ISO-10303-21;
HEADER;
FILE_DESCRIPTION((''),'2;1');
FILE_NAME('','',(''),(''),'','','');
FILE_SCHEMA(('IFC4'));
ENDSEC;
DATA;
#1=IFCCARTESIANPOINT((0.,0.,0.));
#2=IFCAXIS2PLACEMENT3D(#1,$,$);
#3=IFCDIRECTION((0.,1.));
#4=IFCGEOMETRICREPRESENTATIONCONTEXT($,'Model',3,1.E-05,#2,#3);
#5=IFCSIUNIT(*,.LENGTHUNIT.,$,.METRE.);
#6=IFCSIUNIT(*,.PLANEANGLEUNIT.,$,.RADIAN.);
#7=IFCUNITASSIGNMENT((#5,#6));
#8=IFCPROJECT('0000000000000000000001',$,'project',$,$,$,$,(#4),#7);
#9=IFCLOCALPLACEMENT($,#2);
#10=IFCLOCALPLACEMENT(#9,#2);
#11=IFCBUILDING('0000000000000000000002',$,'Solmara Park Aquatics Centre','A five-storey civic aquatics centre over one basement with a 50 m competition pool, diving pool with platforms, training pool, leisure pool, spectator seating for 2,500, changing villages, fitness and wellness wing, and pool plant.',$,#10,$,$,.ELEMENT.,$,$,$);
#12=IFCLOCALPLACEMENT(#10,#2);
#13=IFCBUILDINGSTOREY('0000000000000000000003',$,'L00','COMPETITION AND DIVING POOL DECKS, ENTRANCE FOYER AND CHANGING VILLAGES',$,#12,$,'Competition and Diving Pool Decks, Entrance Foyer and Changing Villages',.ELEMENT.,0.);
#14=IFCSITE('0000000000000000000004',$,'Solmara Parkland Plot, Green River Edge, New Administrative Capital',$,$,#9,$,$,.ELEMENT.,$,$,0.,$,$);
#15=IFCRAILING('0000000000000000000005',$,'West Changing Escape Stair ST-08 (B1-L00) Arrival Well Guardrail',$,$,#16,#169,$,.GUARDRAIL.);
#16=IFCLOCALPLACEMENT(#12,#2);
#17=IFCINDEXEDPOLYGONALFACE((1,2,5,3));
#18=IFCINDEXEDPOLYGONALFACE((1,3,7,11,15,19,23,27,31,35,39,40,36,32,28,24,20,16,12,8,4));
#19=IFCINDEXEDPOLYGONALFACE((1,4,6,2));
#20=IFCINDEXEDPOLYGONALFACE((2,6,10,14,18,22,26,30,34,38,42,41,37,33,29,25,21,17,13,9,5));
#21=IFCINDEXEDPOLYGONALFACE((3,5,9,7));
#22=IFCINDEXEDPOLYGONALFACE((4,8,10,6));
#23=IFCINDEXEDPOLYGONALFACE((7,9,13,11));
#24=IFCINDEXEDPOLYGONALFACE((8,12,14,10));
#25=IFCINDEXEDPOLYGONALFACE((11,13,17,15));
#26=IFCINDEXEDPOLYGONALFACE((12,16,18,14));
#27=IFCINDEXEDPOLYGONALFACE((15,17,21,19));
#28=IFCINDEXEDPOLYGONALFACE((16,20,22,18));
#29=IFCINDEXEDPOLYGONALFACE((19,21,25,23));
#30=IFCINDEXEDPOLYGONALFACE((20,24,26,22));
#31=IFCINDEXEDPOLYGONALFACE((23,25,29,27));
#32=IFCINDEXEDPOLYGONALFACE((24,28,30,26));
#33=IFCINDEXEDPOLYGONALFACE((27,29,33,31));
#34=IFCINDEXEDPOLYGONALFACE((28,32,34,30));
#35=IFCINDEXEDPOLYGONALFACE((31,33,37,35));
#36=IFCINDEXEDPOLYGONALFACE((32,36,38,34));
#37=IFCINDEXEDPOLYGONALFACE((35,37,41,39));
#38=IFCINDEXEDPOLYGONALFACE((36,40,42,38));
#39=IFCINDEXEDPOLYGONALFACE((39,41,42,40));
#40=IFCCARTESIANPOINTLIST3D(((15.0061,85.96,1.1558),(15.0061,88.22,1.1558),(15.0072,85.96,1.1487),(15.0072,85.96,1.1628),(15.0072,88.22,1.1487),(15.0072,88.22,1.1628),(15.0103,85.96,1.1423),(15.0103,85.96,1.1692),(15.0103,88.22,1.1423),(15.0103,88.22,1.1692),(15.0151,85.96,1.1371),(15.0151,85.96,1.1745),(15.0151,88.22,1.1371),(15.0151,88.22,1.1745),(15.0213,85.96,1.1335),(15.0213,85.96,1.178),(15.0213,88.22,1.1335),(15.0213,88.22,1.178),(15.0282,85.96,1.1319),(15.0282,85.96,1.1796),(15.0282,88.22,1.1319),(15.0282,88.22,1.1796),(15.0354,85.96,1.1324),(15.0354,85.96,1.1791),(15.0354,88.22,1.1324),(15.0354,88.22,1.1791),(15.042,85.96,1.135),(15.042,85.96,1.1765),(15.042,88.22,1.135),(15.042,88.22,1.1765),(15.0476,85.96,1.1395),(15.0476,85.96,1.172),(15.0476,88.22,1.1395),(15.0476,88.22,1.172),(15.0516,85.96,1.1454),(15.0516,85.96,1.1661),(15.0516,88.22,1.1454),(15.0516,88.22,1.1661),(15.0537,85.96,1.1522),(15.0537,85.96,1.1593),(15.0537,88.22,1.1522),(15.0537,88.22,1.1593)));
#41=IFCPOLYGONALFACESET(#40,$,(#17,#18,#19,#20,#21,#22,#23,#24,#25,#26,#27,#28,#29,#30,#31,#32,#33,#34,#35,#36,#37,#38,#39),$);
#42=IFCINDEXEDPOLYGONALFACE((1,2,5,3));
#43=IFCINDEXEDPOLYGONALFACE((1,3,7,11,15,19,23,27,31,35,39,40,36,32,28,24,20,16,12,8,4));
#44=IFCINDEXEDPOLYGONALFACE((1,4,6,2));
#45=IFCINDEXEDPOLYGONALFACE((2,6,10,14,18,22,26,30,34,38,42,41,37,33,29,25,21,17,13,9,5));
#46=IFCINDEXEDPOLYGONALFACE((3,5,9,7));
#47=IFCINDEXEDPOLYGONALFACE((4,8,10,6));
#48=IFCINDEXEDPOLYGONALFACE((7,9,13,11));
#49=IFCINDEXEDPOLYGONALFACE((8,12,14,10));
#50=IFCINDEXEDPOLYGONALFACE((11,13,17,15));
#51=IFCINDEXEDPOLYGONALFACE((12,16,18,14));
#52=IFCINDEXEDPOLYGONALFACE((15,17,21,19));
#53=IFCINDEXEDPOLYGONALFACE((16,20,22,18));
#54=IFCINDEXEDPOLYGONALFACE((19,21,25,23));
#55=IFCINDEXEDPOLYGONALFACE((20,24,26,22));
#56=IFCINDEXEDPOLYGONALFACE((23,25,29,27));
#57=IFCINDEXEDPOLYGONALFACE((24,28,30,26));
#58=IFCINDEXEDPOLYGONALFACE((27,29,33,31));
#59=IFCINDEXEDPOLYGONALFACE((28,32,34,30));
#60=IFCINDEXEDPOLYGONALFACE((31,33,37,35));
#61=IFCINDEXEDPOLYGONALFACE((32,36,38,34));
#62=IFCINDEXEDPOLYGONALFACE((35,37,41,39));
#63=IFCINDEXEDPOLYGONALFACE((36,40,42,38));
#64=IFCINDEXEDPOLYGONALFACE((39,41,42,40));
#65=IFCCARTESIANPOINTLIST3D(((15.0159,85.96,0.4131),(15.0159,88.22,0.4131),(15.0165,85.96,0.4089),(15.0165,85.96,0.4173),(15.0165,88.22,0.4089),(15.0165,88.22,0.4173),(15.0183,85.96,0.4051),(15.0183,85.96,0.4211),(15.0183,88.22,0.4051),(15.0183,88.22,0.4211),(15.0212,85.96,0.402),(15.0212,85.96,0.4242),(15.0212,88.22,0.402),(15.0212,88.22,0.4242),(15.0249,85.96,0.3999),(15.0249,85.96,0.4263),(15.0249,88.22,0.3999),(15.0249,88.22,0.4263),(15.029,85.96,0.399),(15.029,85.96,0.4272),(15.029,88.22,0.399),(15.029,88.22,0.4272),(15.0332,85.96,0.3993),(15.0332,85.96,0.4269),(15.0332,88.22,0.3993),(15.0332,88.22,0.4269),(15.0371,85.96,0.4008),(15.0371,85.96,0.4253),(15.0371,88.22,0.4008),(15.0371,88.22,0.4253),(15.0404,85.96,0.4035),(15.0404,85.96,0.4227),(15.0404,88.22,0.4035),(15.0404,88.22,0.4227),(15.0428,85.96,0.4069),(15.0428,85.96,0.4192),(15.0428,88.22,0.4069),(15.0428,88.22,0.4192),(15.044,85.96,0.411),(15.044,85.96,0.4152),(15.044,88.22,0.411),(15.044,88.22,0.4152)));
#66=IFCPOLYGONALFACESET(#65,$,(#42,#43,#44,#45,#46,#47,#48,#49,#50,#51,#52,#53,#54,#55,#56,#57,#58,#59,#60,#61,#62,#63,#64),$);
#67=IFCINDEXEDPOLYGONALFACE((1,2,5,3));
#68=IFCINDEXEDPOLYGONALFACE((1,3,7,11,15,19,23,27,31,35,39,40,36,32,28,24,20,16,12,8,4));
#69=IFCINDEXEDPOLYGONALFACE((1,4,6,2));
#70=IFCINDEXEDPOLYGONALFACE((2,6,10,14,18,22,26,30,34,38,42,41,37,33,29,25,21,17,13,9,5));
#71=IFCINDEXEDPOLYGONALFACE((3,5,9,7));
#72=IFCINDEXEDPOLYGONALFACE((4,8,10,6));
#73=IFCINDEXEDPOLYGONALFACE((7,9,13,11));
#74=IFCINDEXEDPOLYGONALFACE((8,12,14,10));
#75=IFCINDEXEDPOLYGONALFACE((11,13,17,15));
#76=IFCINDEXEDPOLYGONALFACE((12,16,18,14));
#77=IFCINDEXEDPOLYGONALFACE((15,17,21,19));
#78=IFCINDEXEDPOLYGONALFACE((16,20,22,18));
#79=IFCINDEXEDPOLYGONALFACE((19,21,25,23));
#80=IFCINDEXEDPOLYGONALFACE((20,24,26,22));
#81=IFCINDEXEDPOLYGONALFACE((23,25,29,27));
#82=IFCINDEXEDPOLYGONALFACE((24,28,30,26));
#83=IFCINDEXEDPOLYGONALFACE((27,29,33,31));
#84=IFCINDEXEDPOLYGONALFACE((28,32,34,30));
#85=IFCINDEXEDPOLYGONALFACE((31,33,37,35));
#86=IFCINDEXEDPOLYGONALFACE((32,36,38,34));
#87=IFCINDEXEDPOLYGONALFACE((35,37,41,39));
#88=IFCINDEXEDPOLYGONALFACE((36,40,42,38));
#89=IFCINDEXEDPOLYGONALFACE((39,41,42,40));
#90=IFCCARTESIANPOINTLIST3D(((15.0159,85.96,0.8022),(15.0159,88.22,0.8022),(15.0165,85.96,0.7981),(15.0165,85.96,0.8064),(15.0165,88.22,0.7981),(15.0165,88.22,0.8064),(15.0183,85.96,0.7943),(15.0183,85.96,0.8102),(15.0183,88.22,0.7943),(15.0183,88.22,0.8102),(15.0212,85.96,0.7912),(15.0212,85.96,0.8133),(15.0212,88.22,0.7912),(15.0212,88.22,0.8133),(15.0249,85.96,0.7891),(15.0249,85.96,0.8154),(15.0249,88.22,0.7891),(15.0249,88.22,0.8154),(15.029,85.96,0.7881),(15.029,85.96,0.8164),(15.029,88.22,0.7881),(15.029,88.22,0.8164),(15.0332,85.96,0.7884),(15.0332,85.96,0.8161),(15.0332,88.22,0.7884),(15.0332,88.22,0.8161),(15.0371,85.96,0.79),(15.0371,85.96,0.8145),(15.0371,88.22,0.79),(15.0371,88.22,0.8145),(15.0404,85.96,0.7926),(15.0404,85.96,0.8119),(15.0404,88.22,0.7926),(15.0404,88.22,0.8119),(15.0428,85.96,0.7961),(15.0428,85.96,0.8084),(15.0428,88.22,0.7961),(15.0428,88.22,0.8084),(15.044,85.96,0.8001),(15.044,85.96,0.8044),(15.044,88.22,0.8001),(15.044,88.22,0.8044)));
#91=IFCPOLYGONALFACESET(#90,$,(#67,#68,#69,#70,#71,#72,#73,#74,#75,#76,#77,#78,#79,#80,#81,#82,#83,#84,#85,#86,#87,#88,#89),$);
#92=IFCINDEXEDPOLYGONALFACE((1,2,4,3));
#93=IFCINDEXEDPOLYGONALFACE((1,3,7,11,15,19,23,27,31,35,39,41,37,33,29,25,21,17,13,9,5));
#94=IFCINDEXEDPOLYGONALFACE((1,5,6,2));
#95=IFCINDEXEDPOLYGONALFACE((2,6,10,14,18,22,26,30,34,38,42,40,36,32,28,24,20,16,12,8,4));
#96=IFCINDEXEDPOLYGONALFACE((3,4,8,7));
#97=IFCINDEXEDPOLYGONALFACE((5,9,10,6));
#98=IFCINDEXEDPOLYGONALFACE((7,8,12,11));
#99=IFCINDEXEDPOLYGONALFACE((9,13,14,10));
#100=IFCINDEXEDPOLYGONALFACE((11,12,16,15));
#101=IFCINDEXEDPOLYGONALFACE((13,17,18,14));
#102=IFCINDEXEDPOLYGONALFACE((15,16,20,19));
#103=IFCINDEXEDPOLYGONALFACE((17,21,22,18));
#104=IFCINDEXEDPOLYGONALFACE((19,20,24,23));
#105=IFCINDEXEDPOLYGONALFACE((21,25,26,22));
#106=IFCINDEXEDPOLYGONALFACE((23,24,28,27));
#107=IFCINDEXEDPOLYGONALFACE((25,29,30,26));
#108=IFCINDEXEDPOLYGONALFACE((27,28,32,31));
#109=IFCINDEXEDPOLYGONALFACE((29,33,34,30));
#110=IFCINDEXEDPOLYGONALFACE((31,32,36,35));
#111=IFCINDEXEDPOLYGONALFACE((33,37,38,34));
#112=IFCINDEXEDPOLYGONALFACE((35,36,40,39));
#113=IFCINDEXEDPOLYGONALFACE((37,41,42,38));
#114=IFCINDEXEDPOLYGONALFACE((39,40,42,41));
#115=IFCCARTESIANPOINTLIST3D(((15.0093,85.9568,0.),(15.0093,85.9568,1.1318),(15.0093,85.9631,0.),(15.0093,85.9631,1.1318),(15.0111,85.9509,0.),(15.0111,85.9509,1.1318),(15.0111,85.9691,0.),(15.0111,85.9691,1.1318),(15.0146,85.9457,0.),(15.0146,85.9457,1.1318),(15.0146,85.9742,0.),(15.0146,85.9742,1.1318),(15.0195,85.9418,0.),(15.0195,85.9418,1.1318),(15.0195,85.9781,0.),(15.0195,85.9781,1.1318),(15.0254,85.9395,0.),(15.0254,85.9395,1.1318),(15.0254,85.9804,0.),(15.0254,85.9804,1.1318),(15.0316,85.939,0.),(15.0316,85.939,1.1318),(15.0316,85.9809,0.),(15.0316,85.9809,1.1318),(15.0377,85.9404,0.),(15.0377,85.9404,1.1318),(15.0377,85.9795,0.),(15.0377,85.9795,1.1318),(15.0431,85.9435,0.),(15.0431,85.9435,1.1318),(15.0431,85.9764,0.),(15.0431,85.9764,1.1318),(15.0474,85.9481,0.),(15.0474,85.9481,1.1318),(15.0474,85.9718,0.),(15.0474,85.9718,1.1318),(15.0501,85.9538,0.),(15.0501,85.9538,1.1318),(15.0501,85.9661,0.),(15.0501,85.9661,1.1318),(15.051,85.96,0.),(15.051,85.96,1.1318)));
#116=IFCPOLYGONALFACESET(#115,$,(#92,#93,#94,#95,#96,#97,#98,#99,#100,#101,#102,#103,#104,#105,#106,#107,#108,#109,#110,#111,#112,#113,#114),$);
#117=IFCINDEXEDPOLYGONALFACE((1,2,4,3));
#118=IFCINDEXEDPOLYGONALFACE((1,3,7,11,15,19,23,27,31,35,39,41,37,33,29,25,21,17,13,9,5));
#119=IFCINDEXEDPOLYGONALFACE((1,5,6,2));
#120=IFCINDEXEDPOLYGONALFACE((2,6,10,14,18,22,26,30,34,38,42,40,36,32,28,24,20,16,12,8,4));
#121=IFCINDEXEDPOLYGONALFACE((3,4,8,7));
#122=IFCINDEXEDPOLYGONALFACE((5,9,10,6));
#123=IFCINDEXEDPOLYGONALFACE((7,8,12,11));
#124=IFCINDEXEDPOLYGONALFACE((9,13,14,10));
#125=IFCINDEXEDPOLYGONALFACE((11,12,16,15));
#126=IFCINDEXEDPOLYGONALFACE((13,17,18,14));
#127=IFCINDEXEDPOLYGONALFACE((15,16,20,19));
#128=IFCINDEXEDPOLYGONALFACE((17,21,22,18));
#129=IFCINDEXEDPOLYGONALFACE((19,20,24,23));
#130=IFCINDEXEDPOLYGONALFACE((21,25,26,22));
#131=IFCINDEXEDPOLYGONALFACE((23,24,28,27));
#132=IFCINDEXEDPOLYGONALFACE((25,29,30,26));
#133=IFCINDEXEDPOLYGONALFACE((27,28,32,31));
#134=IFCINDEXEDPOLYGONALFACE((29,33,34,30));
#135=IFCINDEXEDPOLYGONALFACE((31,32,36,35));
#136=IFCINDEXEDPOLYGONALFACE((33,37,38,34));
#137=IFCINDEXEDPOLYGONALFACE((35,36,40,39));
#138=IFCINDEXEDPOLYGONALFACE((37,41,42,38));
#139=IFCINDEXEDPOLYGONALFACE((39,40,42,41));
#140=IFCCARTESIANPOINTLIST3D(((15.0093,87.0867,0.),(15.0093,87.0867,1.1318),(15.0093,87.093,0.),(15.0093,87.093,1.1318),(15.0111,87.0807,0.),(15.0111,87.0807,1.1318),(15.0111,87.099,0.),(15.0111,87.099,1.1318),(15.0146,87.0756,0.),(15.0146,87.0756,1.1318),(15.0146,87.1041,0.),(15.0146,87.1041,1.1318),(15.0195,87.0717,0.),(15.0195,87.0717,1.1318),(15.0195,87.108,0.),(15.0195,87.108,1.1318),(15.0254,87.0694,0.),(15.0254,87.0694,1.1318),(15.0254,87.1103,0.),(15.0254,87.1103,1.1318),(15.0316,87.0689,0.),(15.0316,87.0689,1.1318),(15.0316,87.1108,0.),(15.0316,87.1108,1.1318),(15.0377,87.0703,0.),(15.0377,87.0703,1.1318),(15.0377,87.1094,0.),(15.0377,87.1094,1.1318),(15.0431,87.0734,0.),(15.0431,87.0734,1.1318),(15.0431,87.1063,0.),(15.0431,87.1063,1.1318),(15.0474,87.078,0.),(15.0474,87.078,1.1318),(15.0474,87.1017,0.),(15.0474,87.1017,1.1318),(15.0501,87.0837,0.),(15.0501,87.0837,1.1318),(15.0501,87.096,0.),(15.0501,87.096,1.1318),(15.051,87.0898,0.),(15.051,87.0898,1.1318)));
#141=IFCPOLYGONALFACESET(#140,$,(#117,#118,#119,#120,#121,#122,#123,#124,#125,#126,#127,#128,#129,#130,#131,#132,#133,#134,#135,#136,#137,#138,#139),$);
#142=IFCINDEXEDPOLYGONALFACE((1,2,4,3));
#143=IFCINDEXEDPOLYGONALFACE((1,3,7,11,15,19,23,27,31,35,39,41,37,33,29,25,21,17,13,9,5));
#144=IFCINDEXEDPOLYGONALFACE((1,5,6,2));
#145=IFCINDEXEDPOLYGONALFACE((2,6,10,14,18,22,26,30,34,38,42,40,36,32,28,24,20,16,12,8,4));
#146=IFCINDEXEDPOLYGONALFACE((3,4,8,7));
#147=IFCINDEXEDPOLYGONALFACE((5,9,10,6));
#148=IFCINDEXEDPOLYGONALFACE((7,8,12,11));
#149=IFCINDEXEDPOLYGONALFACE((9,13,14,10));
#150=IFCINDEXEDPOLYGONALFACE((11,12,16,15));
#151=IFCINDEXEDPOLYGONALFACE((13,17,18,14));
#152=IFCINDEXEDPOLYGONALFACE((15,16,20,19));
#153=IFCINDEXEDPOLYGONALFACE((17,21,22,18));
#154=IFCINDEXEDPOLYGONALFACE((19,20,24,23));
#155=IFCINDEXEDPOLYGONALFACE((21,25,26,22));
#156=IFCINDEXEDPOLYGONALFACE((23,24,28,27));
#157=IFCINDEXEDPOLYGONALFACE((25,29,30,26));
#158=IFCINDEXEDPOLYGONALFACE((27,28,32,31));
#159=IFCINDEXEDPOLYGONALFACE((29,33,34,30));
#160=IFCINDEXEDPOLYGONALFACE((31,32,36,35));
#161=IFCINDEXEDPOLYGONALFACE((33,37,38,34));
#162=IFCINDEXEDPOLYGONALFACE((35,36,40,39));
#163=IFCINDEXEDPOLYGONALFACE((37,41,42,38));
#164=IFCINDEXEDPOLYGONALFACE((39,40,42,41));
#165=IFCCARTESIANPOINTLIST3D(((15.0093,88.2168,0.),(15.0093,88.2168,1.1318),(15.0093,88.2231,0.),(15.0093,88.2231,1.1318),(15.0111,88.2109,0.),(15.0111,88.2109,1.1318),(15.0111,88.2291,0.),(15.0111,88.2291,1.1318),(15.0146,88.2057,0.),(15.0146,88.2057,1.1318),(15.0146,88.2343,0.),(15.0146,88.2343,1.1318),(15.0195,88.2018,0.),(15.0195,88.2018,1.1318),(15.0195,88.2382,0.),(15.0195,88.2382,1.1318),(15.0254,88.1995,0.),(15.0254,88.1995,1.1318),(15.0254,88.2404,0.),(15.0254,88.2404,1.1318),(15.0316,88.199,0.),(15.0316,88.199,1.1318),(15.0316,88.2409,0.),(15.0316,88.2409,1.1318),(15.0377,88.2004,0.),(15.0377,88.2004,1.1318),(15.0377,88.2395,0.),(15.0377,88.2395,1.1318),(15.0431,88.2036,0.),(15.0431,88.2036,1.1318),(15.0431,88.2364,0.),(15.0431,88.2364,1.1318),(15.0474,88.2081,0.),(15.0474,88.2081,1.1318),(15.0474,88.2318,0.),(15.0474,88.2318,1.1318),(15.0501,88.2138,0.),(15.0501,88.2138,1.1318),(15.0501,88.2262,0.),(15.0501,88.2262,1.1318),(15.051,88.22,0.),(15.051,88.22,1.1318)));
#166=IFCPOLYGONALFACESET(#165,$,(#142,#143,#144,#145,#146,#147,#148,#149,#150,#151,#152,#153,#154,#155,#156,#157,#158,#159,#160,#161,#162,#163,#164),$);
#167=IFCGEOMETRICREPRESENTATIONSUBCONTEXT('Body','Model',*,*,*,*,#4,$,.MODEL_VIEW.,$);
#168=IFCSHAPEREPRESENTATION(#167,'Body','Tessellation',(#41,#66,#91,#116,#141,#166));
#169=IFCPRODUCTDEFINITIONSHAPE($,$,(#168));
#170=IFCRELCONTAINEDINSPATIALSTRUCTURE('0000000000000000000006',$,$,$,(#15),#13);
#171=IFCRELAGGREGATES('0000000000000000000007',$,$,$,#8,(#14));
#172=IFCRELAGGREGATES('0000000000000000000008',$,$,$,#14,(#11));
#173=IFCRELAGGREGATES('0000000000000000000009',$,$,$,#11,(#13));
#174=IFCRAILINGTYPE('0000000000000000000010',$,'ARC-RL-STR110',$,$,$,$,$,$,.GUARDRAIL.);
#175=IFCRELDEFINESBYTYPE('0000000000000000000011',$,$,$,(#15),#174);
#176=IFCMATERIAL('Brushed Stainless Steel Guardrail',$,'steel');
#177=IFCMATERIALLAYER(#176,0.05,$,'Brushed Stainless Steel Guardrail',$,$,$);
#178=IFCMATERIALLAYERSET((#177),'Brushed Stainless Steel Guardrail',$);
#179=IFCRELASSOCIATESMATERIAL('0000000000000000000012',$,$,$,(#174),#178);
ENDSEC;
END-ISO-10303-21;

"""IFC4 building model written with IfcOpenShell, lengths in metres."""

from ifc_helpers import new_model, si_unit, direction, frame, origin, origin_2d, place, context, subcontext, project, spatial, circle, extrude, material, layer, layer_set, type_object, element, save


model = new_model("IFC4")

# Units and contexts
model_context = context("Model", 3, precision=1e-05, world=origin(), true_north=direction((0.0, 1.0)))
body_context = subcontext(model_context, "Body", "Model", "MODEL_VIEW")
ifc_project = project(units=[si_unit("LENGTHUNIT", "METRE"), si_unit("PLANEANGLEUNIT", "RADIAN")], contexts=[model_context])

# Site, building, storey
site_placement = place(None, origin())
site = spatial("IfcSite", under=ifc_project, at=site_placement, Name="Solmara Parkland Plot, Green River Edge, New Administrative Capital", CompositionType="ELEMENT", RefElevation=0.0)
building_placement = place(site_placement, origin())
building = spatial("IfcBuilding", under=site, at=building_placement, Name="Solmara Park Aquatics Centre", Description="A five-storey civic aquatics centre over one basement with a 50 m competition pool, diving pool with platforms, training pool, leisure pool, spectator seating for 2,500, changing villages, fitness and wellness wing, and pool plant.", CompositionType="ELEMENT")
storey_placement = place(building_placement, origin())
storey = spatial("IfcBuildingStorey", under=building, at=storey_placement, Name="L00", Description="COMPETITION AND DIVING POOL DECKS, ENTRANCE FOYER AND CHANGING VILLAGES", LongName="Competition and Diving Pool Decks, Entrance Foyer and Changing Villages", CompositionType="ELEMENT", Elevation=0.0)

# Railing
ifc_material_1 = material(Name="Brushed Stainless Steel Guardrail", Category="steel")
ifc_layer_1 = layer(ifc_material_1, 0.05, Name="Brushed Stainless Steel Guardrail")
ifc_layer_set_1 = layer_set([ifc_layer_1], Name="Brushed Stainless Steel Guardrail")
railing_type_1 = type_object("IfcRailingType", Name="ARC-RL-STR110", PredefinedType="GUARDRAIL", material=ifc_layer_set_1)
railing_1_placement = place(storey_placement, frame((15.03, 85.96, 0.0)))
element("IfcRailing", 1, at=railing_1_placement, inside=storey, type_object=railing_type_1, Name="West Changing Escape Stair ST-08 (B1-L00) Arrival Well Guardrail", PredefinedType="GUARDRAIL", context=body_context, shape_type="SweptSolid", body=[
    extrude(circle(Radius=0.0239, at=origin_2d()), frame((0.0, 0.0, 1.1558), z_axis=(0.0, 1.0, 0.0), x_axis=(-1.0, 0.0, 0.0)), (0.0, 0.0, 1.0), 2.26),
    extrude(circle(Radius=0.0142, at=origin_2d()), frame((0.0, 0.0, 0.4131), z_axis=(0.0, 1.0, 0.0), x_axis=(-1.0, 0.0, 0.0)), (0.0, 0.0, 1.0), 2.26),
    extrude(circle(Radius=0.0142, at=origin_2d()), frame((0.0, 0.0, 0.8022), z_axis=(0.0, 1.0, 0.0), x_axis=(-1.0, 0.0, 0.0)), (0.0, 0.0, 1.0), 2.26),
    extrude(circle(Radius=0.021, at=origin_2d()), origin(), (0.0, 0.0, 1.0), 1.1318),
    extrude(circle(Radius=0.021, at=origin_2d()), frame((0.0, 1.1299, 0.0)), (0.0, 0.0, 1.0), 1.1318),
    extrude(circle(Radius=0.021, at=origin_2d()), frame((0.0, 2.26, 0.0)), (0.0, 0.0, 1.0), 1.1318),
])

save(model, "model.ifc")
